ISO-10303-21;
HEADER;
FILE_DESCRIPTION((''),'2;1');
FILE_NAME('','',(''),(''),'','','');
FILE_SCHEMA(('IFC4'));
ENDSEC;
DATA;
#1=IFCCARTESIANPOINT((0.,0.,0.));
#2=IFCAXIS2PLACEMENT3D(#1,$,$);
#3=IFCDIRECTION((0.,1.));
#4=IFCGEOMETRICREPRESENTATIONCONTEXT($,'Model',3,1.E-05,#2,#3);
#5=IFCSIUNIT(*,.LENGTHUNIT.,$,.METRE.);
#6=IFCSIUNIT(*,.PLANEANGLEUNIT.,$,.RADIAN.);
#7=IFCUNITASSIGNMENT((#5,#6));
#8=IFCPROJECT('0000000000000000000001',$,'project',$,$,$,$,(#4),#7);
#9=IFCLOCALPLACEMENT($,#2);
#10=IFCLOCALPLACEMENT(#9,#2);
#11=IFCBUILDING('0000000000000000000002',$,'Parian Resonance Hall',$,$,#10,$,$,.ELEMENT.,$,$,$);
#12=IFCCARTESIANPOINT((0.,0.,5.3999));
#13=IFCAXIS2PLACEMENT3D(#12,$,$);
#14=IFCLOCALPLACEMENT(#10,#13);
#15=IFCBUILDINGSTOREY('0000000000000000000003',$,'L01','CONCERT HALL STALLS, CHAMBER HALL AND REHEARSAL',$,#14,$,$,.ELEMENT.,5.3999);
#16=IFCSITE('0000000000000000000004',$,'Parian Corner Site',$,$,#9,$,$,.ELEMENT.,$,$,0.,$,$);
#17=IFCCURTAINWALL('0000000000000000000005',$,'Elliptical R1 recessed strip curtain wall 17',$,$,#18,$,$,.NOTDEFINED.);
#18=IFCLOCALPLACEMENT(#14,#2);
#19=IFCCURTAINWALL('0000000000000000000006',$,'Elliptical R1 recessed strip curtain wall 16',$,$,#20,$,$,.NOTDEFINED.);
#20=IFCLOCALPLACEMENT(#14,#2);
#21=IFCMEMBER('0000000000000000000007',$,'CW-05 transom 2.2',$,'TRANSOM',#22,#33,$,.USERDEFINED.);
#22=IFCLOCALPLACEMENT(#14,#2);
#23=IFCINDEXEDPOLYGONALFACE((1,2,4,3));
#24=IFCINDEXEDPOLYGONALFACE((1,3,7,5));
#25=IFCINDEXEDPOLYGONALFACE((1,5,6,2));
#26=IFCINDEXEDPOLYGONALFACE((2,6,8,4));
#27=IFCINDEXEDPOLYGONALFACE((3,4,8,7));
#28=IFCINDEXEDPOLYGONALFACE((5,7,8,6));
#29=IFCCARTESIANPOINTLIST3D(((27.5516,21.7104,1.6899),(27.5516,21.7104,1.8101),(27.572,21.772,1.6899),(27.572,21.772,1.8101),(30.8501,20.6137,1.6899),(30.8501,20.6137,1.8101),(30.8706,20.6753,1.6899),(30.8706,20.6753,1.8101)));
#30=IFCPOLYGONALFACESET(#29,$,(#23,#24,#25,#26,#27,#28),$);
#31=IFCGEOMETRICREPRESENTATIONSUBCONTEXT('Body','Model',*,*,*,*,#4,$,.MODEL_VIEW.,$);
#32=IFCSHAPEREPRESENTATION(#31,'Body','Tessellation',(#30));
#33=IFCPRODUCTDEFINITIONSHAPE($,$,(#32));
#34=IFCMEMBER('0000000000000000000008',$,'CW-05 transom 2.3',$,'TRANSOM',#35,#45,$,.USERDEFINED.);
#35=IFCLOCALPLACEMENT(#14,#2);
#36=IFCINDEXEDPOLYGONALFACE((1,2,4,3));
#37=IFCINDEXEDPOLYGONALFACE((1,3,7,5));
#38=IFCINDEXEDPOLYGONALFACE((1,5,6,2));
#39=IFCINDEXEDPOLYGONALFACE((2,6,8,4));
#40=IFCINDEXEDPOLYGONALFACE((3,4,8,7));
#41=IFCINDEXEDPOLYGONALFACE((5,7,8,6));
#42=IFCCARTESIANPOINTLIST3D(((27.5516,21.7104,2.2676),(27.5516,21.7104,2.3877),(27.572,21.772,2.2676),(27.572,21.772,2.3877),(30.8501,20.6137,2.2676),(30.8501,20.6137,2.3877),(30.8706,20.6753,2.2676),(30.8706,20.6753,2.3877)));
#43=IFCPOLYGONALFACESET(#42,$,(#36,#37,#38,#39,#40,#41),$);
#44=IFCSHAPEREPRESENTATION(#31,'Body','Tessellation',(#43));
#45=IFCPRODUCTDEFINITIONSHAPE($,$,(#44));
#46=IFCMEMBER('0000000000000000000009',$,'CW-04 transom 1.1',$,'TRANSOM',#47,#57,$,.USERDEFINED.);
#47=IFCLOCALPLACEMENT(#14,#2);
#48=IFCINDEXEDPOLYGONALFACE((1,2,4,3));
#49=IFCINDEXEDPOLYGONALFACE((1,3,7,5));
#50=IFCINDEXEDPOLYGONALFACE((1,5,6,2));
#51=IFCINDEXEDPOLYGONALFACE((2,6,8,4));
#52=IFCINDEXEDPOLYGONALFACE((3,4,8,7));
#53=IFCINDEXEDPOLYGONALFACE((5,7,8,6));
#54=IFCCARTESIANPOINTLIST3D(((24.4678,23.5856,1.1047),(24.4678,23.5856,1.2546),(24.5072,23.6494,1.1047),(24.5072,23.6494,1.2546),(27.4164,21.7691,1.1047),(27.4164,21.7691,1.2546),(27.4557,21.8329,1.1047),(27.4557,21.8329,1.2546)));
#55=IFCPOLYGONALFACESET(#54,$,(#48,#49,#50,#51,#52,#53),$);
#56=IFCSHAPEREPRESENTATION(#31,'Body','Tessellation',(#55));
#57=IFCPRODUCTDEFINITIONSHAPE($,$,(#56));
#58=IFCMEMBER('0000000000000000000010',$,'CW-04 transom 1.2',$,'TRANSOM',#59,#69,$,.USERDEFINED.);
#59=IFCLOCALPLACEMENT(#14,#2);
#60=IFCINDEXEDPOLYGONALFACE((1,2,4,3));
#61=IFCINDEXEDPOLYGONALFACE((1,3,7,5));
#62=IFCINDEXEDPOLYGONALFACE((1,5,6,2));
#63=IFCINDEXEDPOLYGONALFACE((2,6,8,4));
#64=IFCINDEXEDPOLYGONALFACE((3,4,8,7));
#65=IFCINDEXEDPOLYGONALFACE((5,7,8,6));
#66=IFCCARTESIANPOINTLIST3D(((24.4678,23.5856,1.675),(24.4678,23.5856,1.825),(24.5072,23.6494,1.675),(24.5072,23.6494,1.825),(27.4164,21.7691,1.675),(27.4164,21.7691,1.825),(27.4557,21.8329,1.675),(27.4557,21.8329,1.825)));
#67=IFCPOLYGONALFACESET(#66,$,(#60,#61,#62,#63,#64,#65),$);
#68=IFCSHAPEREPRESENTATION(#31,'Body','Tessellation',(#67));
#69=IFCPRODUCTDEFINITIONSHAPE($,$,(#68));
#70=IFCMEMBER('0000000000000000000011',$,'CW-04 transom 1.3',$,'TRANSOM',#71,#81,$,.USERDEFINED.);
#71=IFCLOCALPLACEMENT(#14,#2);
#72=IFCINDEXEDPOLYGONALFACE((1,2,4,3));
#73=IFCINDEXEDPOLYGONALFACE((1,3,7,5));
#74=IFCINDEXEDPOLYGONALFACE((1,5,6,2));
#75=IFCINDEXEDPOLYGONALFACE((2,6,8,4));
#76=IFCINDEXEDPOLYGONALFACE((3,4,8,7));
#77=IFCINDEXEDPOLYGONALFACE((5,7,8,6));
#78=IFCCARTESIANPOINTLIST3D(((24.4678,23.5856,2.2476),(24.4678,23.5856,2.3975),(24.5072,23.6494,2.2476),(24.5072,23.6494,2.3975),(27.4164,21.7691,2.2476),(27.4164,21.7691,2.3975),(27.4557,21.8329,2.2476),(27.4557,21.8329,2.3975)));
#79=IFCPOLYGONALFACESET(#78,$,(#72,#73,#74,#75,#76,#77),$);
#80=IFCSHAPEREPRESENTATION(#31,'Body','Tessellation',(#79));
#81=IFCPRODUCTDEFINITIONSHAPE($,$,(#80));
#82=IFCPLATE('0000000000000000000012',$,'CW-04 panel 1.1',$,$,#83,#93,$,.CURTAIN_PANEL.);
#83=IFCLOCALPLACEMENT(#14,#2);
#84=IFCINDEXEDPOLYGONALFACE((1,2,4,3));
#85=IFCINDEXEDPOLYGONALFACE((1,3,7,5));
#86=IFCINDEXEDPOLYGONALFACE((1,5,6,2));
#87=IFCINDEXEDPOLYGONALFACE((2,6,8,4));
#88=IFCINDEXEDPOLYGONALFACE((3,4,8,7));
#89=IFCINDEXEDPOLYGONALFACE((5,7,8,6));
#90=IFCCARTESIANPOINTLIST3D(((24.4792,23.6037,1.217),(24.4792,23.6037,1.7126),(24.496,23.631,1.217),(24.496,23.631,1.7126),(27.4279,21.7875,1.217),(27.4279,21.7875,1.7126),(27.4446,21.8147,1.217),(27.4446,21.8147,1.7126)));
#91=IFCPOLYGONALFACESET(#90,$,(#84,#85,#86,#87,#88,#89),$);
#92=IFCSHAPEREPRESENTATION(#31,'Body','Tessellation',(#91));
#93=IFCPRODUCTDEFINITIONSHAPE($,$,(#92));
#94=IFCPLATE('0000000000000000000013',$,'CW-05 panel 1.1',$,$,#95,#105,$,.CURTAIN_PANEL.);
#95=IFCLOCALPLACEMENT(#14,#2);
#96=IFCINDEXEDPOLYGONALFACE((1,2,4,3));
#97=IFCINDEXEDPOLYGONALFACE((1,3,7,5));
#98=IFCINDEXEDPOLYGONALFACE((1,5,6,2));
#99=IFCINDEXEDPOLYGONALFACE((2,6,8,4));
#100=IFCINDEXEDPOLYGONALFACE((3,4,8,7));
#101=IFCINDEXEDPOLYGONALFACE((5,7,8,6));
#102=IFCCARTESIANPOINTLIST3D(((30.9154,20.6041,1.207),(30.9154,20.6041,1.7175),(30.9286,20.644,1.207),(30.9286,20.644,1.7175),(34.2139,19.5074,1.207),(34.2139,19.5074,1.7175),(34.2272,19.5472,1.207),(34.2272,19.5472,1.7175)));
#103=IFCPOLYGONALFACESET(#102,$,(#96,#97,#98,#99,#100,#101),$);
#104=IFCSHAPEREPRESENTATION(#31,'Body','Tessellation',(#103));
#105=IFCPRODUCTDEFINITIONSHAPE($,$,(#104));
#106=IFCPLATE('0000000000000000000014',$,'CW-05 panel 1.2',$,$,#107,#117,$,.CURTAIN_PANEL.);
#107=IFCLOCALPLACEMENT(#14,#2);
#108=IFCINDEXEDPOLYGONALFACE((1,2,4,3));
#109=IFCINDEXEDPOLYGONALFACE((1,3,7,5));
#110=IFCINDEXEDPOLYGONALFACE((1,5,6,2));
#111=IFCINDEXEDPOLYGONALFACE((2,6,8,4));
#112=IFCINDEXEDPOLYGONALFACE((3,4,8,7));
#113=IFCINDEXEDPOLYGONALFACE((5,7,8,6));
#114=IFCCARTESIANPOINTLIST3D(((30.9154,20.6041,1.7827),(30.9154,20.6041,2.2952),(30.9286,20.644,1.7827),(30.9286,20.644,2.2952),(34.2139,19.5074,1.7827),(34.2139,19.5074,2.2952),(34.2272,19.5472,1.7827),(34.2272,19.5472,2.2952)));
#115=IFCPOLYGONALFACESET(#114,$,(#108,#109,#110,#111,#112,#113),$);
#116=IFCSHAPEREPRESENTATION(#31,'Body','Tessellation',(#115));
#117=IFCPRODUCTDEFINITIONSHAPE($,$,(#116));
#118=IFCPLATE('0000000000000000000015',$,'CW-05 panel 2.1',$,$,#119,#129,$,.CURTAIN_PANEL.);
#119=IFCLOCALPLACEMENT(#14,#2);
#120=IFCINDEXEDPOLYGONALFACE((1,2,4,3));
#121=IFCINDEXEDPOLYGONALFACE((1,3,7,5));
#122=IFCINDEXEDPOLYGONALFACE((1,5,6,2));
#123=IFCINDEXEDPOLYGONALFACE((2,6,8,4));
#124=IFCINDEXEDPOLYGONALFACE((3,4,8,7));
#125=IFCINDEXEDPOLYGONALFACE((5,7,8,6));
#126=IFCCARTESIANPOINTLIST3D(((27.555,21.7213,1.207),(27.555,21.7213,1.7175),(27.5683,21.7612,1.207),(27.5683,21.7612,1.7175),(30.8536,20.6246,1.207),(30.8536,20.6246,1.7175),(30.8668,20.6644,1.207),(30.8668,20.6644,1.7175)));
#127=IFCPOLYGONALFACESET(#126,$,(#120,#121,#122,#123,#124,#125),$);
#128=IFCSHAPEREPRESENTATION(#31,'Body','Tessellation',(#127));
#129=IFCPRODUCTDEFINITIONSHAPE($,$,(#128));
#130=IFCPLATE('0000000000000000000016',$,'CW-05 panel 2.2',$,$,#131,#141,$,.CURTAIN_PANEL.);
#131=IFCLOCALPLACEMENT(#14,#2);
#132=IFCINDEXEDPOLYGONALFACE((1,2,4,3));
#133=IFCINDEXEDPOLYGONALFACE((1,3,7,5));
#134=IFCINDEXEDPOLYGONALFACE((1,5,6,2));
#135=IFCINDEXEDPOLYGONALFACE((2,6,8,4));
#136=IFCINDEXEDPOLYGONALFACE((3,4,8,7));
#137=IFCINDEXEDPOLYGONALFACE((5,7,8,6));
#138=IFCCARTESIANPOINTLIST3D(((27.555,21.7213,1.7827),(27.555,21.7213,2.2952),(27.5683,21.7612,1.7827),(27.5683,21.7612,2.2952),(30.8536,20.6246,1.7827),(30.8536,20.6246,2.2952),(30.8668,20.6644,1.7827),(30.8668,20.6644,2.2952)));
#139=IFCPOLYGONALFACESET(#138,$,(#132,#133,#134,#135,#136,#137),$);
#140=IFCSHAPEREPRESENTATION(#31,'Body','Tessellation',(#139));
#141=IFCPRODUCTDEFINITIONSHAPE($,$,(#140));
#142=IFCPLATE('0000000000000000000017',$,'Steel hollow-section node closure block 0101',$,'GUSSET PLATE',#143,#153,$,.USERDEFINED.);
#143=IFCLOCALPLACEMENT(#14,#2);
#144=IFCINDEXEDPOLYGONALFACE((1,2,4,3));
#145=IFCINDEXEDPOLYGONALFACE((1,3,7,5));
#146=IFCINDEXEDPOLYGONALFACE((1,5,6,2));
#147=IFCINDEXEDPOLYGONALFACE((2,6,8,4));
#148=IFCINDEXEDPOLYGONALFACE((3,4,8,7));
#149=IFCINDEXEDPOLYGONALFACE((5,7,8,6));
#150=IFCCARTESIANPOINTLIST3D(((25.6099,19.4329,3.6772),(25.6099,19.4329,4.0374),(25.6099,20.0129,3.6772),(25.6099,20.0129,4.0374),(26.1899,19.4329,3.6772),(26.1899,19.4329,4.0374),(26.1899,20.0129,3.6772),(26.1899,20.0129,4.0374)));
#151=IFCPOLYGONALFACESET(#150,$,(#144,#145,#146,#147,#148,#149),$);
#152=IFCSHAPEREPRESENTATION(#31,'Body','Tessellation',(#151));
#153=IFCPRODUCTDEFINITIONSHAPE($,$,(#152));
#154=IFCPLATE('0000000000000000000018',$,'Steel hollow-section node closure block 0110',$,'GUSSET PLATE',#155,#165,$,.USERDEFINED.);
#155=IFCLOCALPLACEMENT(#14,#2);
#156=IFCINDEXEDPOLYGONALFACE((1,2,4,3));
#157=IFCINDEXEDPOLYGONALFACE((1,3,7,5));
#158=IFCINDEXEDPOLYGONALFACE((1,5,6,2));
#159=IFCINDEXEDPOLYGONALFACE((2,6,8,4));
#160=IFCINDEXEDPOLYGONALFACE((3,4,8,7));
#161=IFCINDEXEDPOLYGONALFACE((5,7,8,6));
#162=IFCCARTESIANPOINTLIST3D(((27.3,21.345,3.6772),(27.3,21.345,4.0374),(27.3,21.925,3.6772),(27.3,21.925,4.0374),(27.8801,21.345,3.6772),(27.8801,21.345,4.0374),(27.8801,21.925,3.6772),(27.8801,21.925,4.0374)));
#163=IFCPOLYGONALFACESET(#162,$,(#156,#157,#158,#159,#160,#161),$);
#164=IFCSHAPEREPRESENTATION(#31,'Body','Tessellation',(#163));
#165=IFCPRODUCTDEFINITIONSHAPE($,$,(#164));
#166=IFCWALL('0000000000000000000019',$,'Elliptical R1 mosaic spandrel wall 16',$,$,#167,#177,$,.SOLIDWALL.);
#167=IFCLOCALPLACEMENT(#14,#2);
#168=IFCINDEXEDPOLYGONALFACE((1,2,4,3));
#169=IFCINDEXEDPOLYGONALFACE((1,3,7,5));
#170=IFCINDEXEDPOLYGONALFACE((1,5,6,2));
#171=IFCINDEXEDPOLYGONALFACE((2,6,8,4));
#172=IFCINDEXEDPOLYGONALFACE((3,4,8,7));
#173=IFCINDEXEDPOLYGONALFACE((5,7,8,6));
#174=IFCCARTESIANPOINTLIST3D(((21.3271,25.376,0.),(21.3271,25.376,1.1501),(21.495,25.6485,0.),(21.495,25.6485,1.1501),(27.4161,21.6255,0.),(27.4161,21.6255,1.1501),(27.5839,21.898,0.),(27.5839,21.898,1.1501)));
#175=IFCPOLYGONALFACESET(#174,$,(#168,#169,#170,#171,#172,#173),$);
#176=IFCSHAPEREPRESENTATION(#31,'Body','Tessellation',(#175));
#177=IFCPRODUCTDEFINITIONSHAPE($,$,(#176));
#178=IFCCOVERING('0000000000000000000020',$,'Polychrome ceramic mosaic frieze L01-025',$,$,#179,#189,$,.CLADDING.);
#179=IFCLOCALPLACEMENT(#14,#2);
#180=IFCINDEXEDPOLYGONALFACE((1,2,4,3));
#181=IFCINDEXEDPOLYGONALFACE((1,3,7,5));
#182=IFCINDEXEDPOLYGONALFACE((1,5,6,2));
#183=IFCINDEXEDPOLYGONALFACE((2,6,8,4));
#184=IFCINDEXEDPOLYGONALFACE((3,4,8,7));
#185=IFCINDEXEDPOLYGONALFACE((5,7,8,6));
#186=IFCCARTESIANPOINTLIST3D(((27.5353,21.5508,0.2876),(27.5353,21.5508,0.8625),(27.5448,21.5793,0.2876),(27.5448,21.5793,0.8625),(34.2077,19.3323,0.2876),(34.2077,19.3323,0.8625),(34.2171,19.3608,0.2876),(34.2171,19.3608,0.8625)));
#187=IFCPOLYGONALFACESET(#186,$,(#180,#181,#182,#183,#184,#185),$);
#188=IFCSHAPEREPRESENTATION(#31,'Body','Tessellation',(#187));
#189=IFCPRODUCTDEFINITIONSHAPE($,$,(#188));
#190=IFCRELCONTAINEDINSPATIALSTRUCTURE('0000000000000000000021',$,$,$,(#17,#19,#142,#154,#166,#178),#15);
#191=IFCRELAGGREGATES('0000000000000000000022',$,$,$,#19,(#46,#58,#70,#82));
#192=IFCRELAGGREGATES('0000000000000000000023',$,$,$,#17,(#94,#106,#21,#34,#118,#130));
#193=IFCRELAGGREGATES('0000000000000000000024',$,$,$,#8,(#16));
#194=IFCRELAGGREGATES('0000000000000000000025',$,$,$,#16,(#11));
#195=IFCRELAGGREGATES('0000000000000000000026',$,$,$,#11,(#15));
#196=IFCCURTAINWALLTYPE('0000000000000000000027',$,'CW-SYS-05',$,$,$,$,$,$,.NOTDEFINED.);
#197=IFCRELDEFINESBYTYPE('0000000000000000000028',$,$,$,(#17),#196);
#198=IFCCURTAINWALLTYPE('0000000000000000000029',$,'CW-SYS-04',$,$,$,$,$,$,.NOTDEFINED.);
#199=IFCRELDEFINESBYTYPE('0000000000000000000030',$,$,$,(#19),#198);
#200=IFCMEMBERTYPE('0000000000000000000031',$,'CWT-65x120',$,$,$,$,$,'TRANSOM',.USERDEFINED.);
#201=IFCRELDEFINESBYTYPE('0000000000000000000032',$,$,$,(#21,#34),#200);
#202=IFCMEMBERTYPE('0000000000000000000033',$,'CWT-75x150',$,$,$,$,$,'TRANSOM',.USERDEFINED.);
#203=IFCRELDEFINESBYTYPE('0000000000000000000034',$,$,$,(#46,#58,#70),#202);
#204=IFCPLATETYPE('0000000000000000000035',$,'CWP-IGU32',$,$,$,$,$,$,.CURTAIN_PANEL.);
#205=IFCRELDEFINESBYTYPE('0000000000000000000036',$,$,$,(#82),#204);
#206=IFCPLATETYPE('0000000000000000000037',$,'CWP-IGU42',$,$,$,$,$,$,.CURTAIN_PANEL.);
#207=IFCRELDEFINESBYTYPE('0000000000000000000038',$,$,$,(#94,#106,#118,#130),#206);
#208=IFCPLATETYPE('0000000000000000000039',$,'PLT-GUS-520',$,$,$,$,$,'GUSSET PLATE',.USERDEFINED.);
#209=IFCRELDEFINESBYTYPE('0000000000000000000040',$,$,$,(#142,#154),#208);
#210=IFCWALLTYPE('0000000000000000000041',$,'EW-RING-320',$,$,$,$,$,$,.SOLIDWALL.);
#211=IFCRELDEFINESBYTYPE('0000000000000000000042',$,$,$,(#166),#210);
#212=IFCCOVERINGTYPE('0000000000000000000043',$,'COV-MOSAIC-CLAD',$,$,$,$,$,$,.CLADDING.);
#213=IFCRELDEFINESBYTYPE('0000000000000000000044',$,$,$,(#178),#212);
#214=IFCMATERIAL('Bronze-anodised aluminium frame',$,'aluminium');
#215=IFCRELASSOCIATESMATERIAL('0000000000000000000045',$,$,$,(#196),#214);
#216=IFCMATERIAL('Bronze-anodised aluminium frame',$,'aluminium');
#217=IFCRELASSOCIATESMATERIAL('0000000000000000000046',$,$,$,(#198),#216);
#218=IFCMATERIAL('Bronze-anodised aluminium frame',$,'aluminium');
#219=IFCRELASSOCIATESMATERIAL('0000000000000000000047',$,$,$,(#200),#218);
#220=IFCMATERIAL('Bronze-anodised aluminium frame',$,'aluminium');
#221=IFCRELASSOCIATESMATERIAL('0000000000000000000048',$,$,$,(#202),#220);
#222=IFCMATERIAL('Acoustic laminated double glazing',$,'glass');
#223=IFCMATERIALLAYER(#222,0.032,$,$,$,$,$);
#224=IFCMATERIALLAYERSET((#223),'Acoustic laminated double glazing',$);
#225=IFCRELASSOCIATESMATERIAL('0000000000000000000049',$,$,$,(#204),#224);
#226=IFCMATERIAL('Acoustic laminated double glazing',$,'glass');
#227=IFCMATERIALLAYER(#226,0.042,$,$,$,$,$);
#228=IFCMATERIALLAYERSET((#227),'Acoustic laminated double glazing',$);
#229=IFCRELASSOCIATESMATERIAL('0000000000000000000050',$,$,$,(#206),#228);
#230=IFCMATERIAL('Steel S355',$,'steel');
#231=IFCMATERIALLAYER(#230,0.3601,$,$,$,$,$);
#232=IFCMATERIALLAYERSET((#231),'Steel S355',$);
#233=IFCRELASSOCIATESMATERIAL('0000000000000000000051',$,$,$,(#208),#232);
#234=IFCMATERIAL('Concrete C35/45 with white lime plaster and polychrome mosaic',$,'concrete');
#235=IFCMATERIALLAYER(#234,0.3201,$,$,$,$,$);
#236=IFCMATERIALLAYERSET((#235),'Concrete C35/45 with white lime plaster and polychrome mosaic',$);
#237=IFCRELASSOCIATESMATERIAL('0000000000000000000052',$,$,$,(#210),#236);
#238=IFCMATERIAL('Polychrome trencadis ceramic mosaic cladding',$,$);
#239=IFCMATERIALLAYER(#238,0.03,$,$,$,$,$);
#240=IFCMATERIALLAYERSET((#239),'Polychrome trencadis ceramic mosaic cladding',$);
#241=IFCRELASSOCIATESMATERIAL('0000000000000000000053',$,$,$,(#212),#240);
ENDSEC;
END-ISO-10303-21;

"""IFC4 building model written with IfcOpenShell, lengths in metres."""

from ifc_helpers import new_model, si_unit, direction, frame, frame_2d, origin, origin_2d, place, context, subcontext, project, spatial, rectangle, extrude, material, layer, layer_set, material_profile, profile_set, type_object, element, aggregate, save


model = new_model("IFC4")

# Units and contexts
model_context = context("Model", 3, precision=1e-05, world=origin(), true_north=direction((0.0, 1.0)))
body_context = subcontext(model_context, "Body", "Model", "MODEL_VIEW")
ifc_project = project(units=[si_unit("LENGTHUNIT", "METRE"), si_unit("PLANEANGLEUNIT", "RADIAN")], contexts=[model_context])

# Site, building, storey
site_placement = place(None, origin())
site = spatial("IfcSite", under=ifc_project, at=site_placement, Name="Parian Corner Site", CompositionType="ELEMENT", RefElevation=0.0)
building_placement = place(site_placement, origin())
building = spatial("IfcBuilding", under=site, at=building_placement, Name="Parian Resonance Hall", CompositionType="ELEMENT")
storey_placement = place(building_placement, frame((0.0, 0.0, 5.3999)))
storey = spatial("IfcBuildingStorey", under=building, at=storey_placement, Name="L01", Description="CONCERT HALL STALLS, CHAMBER HALL AND REHEARSAL", CompositionType="ELEMENT", Elevation=5.3999)

# Curtain wall
ifc_material_1 = material(Name="Bronze-anodised aluminium frame", Category="aluminium")
curtain_wall_type_1 = type_object("IfcCurtainWallType", Name="CW-SYS-05", PredefinedType="NOTDEFINED", material=ifc_material_1)
curtain_wall_1_placement = place(storey_placement, origin())
curtain_wall_1 = element("IfcCurtainWall", 1, at=curtain_wall_1_placement, inside=storey, type_object=curtain_wall_type_1, Name="Elliptical R1 recessed strip curtain wall 17", PredefinedType="NOTDEFINED")

# Curtain wall
ifc_material_2 = material(Name="Bronze-anodised aluminium frame", Category="aluminium")
curtain_wall_type_2 = type_object("IfcCurtainWallType", Name="CW-SYS-04", PredefinedType="NOTDEFINED", material=ifc_material_2)
curtain_wall_2_placement = place(storey_placement, origin())
curtain_wall_2 = element("IfcCurtainWall", 2, at=curtain_wall_2_placement, inside=storey, type_object=curtain_wall_type_2, Name="Elliptical R1 recessed strip curtain wall 16", PredefinedType="NOTDEFINED")

# Members
ifc_material_3 = material(Name="Bronze-anodised aluminium frame", Category="aluminium")
ifc_material_profile_1 = material_profile(ifc_material_3, rectangle(XDim=0.0649, YDim=0.1201, at=origin_2d()), Name="CWT-65x120")
ifc_profile_set_1 = profile_set([ifc_material_profile_1], Name="Bronze-anodised aluminium frame")
member_type_1 = type_object("IfcMemberType", Name="CWT-65x120", ElementType="TRANSOM", PredefinedType="USERDEFINED", material=ifc_profile_set_1)
member_1_placement = place(storey_placement, frame((30.8604, 20.6445, 1.75), z_axis=(-0.948929, 0.31549, 0.0), x_axis=(-0.31549, -0.948929, 0.0)))
member_1 = element("IfcMember", 3, at=member_1_placement, type_object=member_type_1, Name="CW-05 transom 2.2", ObjectType="TRANSOM", PredefinedType="USERDEFINED", context=body_context, shape_type="SweptSolid", body=[
    extrude(rectangle(XDim=0.0649, YDim=0.1201, at=origin_2d()), origin(), (0.0, 0.0, 1.0), 3.4761),
])
member_2_placement = place(storey_placement, frame((30.8604, 20.6445, 2.3276), z_axis=(-0.948929, 0.31549, 0.0), x_axis=(-0.31549, -0.948929, 0.0)))
member_2 = element("IfcMember", 4, at=member_2_placement, type_object=member_type_1, Name="CW-05 transom 2.3", ObjectType="TRANSOM", PredefinedType="USERDEFINED", context=body_context, shape_type="SweptSolid", body=[
    extrude(rectangle(XDim=0.0649, YDim=0.1201, at=origin_2d()), origin(), (0.0, 0.0, 1.0), 3.4761),
])
ifc_material_4 = material(Name="Bronze-anodised aluminium frame", Category="aluminium")
ifc_material_profile_2 = material_profile(ifc_material_4, rectangle(XDim=0.075, YDim=0.1499, at=origin_2d()), Name="CWT-75x150")
ifc_profile_set_2 = profile_set([ifc_material_profile_2], Name="Bronze-anodised aluminium frame")
member_type_2 = type_object("IfcMemberType", Name="CWT-75x150", ElementType="TRANSOM", PredefinedType="USERDEFINED", material=ifc_profile_set_2)
member_3_placement = place(storey_placement, frame((27.436, 21.801, 1.1797), z_axis=(-0.851406, 0.524506, 0.0), x_axis=(-0.524506, -0.851406, 0.0)))
member_3 = element("IfcMember", 5, at=member_3_placement, type_object=member_type_2, Name="CW-04 transom 1.1", ObjectType="TRANSOM", PredefinedType="USERDEFINED", context=body_context, shape_type="SweptSolid", body=[
    extrude(rectangle(XDim=0.075, YDim=0.1499, at=origin_2d()), origin(), (0.0, 0.0, 1.0), 3.4631),
])
member_4_placement = place(storey_placement, frame((27.436, 21.801, 1.75), z_axis=(-0.851406, 0.524506, 0.0), x_axis=(-0.524506, -0.851406, 0.0)))
member_4 = element("IfcMember", 6, at=member_4_placement, type_object=member_type_2, Name="CW-04 transom 1.2", ObjectType="TRANSOM", PredefinedType="USERDEFINED", context=body_context, shape_type="SweptSolid", body=[
    extrude(rectangle(XDim=0.075, YDim=0.1499, at=origin_2d()), origin(), (0.0, 0.0, 1.0), 3.4631),
])
member_5_placement = place(storey_placement, frame((27.436, 21.801, 2.3225), z_axis=(-0.851406, 0.524506, 0.0), x_axis=(-0.524506, -0.851406, 0.0)))
member_5 = element("IfcMember", 7, at=member_5_placement, type_object=member_type_2, Name="CW-04 transom 1.3", ObjectType="TRANSOM", PredefinedType="USERDEFINED", context=body_context, shape_type="SweptSolid", body=[
    extrude(rectangle(XDim=0.075, YDim=0.1499, at=origin_2d()), origin(), (0.0, 0.0, 1.0), 3.4631),
])

# Plates
ifc_material_5 = material(Name="Acoustic laminated double glazing", Category="glass")
ifc_layer_1 = layer(ifc_material_5, 0.032)
ifc_layer_set_1 = layer_set([ifc_layer_1], Name="Acoustic laminated double glazing")
plate_type_1 = type_object("IfcPlateType", Name="CWP-IGU32", PredefinedType="CURTAIN_PANEL", material=ifc_layer_set_1)
plate_1_placement = place(storey_placement, frame((25.9619, 22.7092, 1.217), z_axis=(0.0, 0.0, 1.0), x_axis=(-0.851441, 0.524451, 0.0)))
plate_1 = element("IfcPlate", 8, at=plate_1_placement, type_object=plate_type_1, Name="CW-04 panel 1.1", PredefinedType="CURTAIN_PANEL", context=body_context, shape_type="SweptSolid", body=[
    extrude(rectangle(XDim=3.4631, YDim=0.032, at=origin_2d()), origin(), (0.0, 0.0, 1.0), 0.4956),
])
aggregate(curtain_wall_2, [member_3, member_4, member_5, plate_1])
ifc_material_6 = material(Name="Acoustic laminated double glazing", Category="glass")
ifc_layer_2 = layer(ifc_material_6, 0.042)
ifc_layer_set_2 = layer_set([ifc_layer_2], Name="Acoustic laminated double glazing")
plate_type_2 = type_object("IfcPlateType", Name="CWP-IGU42", PredefinedType="CURTAIN_PANEL", material=ifc_layer_set_2)
plate_2_placement = place(storey_placement, frame((32.5713, 20.0757, 1.207), z_axis=(0.0, 0.0, 1.0), x_axis=(-0.948924, 0.315506, 0.0)))
plate_2 = element("IfcPlate", 9, at=plate_2_placement, type_object=plate_type_2, Name="CW-05 panel 1.1", PredefinedType="CURTAIN_PANEL", context=body_context, shape_type="SweptSolid", body=[
    extrude(rectangle(XDim=3.4761, YDim=0.042, at=origin_2d()), origin(), (0.0, 0.0, 1.0), 0.5105),
])
plate_3_placement = place(storey_placement, frame((32.5713, 20.0757, 1.7827), z_axis=(0.0, 0.0, 1.0), x_axis=(-0.948924, 0.315506, 0.0)))
plate_3 = element("IfcPlate", 10, at=plate_3_placement, type_object=plate_type_2, Name="CW-05 panel 1.2", PredefinedType="CURTAIN_PANEL", context=body_context, shape_type="SweptSolid", body=[
    extrude(rectangle(XDim=3.4761, YDim=0.042, at=origin_2d()), origin(), (0.0, 0.0, 1.0), 0.5125),
])
plate_4_placement = place(storey_placement, frame((29.2109, 21.1929, 1.207), z_axis=(0.0, 0.0, 1.0), x_axis=(-0.948924, 0.315506, 0.0)))
plate_4 = element("IfcPlate", 11, at=plate_4_placement, type_object=plate_type_2, Name="CW-05 panel 2.1", PredefinedType="CURTAIN_PANEL", context=body_context, shape_type="SweptSolid", body=[
    extrude(rectangle(XDim=3.4761, YDim=0.042, at=origin_2d()), origin(), (0.0, 0.0, 1.0), 0.5105),
])
plate_5_placement = place(storey_placement, frame((29.2109, 21.1929, 1.7827), z_axis=(0.0, 0.0, 1.0), x_axis=(-0.948924, 0.315506, 0.0)))
plate_5 = element("IfcPlate", 12, at=plate_5_placement, type_object=plate_type_2, Name="CW-05 panel 2.2", PredefinedType="CURTAIN_PANEL", context=body_context, shape_type="SweptSolid", body=[
    extrude(rectangle(XDim=3.4761, YDim=0.042, at=origin_2d()), origin(), (0.0, 0.0, 1.0), 0.5125),
])
aggregate(curtain_wall_1, [plate_2, plate_3, member_1, member_2, plate_4, plate_5])

# Plates
ifc_material_7 = material(Name="Steel S355", Category="steel")
ifc_layer_3 = layer(ifc_material_7, 0.3601)
ifc_layer_set_3 = layer_set([ifc_layer_3], Name="Steel S355")
plate_type_3 = type_object("IfcPlateType", Name="PLT-GUS-520", ElementType="GUSSET PLATE", PredefinedType="USERDEFINED", material=ifc_layer_set_3)
for number, where, z_axis, x_axis, name in (
    (13, (25.8999, 19.7229, 3.6772), (0.0, 0.0, 1.0), (1.0, 0.0, 0.0), "Steel hollow-section node closure block 0101"),
    (14, (27.5901, 21.635, 3.6772), (0.0, 0.0, 1.0), (1.0, 0.0, 0.0), "Steel hollow-section node closure block 0110"),
):
    element("IfcPlate", number, at=place(storey_placement, frame(where, z_axis=z_axis, x_axis=x_axis)), inside=storey, type_object=plate_type_3, Name=name, ObjectType="GUSSET PLATE", PredefinedType="USERDEFINED", context=body_context, shape_type="SweptSolid", body=[
        extrude(rectangle(XDim=0.5801, YDim=0.5801, at=origin_2d()), origin(), (0.0, 0.0, 1.0), 0.3601),
    ])

# Wall
ifc_material_8 = material(Name="Concrete C35/45 with white lime plaster and polychrome mosaic", Category="concrete")
ifc_layer_4 = layer(ifc_material_8, 0.3201)
ifc_layer_set_4 = layer_set([ifc_layer_4], Name="Concrete C35/45 with white lime plaster and polychrome mosaic")
wall_type = type_object("IfcWallType", Name="EW-RING-320", PredefinedType="SOLIDWALL", material=ifc_layer_set_4)
wall_placement = place(storey_placement, frame((27.5, 21.7617, 0.0), z_axis=(0.0, 0.0, 1.0), x_axis=(-0.85144, 0.524452, 0.0)))
element("IfcWall", 15, at=wall_placement, inside=storey, type_object=wall_type, Name="Elliptical R1 mosaic spandrel wall 16", PredefinedType="SOLIDWALL", context=body_context, shape_type="SweptSolid", body=[
    extrude(rectangle(XDim=7.1514, YDim=0.3201, at=frame_2d((3.5757, 0.0))), origin(), (0.0, 0.0, 1.0), 1.1501),
])

# Covering
ifc_material_9 = material(Name="Polychrome trencadis ceramic mosaic cladding")
ifc_layer_5 = layer(ifc_material_9, 0.03)
ifc_layer_set_5 = layer_set([ifc_layer_5], Name="Polychrome trencadis ceramic mosaic cladding")
covering_type = type_object("IfcCoveringType", Name="COV-MOSAIC-CLAD", PredefinedType="CLADDING", material=ifc_layer_set_5)
covering_1_placement = place(storey_placement, frame((30.8762, 20.4558, 0.2876), z_axis=(0.0, 0.0, 1.0), x_axis=(-0.948923, 0.315507, 0.0)))
element("IfcCovering", 16, at=covering_1_placement, inside=storey, type_object=covering_type, Name="Polychrome ceramic mosaic frieze L01-025", PredefinedType="CLADDING", context=body_context, shape_type="SweptSolid", body=[
    extrude(rectangle(XDim=7.0315, YDim=0.03, at=origin_2d()), origin(), (0.0, 0.0, 1.0), 0.575),
])

save(model, "model.ifc")
